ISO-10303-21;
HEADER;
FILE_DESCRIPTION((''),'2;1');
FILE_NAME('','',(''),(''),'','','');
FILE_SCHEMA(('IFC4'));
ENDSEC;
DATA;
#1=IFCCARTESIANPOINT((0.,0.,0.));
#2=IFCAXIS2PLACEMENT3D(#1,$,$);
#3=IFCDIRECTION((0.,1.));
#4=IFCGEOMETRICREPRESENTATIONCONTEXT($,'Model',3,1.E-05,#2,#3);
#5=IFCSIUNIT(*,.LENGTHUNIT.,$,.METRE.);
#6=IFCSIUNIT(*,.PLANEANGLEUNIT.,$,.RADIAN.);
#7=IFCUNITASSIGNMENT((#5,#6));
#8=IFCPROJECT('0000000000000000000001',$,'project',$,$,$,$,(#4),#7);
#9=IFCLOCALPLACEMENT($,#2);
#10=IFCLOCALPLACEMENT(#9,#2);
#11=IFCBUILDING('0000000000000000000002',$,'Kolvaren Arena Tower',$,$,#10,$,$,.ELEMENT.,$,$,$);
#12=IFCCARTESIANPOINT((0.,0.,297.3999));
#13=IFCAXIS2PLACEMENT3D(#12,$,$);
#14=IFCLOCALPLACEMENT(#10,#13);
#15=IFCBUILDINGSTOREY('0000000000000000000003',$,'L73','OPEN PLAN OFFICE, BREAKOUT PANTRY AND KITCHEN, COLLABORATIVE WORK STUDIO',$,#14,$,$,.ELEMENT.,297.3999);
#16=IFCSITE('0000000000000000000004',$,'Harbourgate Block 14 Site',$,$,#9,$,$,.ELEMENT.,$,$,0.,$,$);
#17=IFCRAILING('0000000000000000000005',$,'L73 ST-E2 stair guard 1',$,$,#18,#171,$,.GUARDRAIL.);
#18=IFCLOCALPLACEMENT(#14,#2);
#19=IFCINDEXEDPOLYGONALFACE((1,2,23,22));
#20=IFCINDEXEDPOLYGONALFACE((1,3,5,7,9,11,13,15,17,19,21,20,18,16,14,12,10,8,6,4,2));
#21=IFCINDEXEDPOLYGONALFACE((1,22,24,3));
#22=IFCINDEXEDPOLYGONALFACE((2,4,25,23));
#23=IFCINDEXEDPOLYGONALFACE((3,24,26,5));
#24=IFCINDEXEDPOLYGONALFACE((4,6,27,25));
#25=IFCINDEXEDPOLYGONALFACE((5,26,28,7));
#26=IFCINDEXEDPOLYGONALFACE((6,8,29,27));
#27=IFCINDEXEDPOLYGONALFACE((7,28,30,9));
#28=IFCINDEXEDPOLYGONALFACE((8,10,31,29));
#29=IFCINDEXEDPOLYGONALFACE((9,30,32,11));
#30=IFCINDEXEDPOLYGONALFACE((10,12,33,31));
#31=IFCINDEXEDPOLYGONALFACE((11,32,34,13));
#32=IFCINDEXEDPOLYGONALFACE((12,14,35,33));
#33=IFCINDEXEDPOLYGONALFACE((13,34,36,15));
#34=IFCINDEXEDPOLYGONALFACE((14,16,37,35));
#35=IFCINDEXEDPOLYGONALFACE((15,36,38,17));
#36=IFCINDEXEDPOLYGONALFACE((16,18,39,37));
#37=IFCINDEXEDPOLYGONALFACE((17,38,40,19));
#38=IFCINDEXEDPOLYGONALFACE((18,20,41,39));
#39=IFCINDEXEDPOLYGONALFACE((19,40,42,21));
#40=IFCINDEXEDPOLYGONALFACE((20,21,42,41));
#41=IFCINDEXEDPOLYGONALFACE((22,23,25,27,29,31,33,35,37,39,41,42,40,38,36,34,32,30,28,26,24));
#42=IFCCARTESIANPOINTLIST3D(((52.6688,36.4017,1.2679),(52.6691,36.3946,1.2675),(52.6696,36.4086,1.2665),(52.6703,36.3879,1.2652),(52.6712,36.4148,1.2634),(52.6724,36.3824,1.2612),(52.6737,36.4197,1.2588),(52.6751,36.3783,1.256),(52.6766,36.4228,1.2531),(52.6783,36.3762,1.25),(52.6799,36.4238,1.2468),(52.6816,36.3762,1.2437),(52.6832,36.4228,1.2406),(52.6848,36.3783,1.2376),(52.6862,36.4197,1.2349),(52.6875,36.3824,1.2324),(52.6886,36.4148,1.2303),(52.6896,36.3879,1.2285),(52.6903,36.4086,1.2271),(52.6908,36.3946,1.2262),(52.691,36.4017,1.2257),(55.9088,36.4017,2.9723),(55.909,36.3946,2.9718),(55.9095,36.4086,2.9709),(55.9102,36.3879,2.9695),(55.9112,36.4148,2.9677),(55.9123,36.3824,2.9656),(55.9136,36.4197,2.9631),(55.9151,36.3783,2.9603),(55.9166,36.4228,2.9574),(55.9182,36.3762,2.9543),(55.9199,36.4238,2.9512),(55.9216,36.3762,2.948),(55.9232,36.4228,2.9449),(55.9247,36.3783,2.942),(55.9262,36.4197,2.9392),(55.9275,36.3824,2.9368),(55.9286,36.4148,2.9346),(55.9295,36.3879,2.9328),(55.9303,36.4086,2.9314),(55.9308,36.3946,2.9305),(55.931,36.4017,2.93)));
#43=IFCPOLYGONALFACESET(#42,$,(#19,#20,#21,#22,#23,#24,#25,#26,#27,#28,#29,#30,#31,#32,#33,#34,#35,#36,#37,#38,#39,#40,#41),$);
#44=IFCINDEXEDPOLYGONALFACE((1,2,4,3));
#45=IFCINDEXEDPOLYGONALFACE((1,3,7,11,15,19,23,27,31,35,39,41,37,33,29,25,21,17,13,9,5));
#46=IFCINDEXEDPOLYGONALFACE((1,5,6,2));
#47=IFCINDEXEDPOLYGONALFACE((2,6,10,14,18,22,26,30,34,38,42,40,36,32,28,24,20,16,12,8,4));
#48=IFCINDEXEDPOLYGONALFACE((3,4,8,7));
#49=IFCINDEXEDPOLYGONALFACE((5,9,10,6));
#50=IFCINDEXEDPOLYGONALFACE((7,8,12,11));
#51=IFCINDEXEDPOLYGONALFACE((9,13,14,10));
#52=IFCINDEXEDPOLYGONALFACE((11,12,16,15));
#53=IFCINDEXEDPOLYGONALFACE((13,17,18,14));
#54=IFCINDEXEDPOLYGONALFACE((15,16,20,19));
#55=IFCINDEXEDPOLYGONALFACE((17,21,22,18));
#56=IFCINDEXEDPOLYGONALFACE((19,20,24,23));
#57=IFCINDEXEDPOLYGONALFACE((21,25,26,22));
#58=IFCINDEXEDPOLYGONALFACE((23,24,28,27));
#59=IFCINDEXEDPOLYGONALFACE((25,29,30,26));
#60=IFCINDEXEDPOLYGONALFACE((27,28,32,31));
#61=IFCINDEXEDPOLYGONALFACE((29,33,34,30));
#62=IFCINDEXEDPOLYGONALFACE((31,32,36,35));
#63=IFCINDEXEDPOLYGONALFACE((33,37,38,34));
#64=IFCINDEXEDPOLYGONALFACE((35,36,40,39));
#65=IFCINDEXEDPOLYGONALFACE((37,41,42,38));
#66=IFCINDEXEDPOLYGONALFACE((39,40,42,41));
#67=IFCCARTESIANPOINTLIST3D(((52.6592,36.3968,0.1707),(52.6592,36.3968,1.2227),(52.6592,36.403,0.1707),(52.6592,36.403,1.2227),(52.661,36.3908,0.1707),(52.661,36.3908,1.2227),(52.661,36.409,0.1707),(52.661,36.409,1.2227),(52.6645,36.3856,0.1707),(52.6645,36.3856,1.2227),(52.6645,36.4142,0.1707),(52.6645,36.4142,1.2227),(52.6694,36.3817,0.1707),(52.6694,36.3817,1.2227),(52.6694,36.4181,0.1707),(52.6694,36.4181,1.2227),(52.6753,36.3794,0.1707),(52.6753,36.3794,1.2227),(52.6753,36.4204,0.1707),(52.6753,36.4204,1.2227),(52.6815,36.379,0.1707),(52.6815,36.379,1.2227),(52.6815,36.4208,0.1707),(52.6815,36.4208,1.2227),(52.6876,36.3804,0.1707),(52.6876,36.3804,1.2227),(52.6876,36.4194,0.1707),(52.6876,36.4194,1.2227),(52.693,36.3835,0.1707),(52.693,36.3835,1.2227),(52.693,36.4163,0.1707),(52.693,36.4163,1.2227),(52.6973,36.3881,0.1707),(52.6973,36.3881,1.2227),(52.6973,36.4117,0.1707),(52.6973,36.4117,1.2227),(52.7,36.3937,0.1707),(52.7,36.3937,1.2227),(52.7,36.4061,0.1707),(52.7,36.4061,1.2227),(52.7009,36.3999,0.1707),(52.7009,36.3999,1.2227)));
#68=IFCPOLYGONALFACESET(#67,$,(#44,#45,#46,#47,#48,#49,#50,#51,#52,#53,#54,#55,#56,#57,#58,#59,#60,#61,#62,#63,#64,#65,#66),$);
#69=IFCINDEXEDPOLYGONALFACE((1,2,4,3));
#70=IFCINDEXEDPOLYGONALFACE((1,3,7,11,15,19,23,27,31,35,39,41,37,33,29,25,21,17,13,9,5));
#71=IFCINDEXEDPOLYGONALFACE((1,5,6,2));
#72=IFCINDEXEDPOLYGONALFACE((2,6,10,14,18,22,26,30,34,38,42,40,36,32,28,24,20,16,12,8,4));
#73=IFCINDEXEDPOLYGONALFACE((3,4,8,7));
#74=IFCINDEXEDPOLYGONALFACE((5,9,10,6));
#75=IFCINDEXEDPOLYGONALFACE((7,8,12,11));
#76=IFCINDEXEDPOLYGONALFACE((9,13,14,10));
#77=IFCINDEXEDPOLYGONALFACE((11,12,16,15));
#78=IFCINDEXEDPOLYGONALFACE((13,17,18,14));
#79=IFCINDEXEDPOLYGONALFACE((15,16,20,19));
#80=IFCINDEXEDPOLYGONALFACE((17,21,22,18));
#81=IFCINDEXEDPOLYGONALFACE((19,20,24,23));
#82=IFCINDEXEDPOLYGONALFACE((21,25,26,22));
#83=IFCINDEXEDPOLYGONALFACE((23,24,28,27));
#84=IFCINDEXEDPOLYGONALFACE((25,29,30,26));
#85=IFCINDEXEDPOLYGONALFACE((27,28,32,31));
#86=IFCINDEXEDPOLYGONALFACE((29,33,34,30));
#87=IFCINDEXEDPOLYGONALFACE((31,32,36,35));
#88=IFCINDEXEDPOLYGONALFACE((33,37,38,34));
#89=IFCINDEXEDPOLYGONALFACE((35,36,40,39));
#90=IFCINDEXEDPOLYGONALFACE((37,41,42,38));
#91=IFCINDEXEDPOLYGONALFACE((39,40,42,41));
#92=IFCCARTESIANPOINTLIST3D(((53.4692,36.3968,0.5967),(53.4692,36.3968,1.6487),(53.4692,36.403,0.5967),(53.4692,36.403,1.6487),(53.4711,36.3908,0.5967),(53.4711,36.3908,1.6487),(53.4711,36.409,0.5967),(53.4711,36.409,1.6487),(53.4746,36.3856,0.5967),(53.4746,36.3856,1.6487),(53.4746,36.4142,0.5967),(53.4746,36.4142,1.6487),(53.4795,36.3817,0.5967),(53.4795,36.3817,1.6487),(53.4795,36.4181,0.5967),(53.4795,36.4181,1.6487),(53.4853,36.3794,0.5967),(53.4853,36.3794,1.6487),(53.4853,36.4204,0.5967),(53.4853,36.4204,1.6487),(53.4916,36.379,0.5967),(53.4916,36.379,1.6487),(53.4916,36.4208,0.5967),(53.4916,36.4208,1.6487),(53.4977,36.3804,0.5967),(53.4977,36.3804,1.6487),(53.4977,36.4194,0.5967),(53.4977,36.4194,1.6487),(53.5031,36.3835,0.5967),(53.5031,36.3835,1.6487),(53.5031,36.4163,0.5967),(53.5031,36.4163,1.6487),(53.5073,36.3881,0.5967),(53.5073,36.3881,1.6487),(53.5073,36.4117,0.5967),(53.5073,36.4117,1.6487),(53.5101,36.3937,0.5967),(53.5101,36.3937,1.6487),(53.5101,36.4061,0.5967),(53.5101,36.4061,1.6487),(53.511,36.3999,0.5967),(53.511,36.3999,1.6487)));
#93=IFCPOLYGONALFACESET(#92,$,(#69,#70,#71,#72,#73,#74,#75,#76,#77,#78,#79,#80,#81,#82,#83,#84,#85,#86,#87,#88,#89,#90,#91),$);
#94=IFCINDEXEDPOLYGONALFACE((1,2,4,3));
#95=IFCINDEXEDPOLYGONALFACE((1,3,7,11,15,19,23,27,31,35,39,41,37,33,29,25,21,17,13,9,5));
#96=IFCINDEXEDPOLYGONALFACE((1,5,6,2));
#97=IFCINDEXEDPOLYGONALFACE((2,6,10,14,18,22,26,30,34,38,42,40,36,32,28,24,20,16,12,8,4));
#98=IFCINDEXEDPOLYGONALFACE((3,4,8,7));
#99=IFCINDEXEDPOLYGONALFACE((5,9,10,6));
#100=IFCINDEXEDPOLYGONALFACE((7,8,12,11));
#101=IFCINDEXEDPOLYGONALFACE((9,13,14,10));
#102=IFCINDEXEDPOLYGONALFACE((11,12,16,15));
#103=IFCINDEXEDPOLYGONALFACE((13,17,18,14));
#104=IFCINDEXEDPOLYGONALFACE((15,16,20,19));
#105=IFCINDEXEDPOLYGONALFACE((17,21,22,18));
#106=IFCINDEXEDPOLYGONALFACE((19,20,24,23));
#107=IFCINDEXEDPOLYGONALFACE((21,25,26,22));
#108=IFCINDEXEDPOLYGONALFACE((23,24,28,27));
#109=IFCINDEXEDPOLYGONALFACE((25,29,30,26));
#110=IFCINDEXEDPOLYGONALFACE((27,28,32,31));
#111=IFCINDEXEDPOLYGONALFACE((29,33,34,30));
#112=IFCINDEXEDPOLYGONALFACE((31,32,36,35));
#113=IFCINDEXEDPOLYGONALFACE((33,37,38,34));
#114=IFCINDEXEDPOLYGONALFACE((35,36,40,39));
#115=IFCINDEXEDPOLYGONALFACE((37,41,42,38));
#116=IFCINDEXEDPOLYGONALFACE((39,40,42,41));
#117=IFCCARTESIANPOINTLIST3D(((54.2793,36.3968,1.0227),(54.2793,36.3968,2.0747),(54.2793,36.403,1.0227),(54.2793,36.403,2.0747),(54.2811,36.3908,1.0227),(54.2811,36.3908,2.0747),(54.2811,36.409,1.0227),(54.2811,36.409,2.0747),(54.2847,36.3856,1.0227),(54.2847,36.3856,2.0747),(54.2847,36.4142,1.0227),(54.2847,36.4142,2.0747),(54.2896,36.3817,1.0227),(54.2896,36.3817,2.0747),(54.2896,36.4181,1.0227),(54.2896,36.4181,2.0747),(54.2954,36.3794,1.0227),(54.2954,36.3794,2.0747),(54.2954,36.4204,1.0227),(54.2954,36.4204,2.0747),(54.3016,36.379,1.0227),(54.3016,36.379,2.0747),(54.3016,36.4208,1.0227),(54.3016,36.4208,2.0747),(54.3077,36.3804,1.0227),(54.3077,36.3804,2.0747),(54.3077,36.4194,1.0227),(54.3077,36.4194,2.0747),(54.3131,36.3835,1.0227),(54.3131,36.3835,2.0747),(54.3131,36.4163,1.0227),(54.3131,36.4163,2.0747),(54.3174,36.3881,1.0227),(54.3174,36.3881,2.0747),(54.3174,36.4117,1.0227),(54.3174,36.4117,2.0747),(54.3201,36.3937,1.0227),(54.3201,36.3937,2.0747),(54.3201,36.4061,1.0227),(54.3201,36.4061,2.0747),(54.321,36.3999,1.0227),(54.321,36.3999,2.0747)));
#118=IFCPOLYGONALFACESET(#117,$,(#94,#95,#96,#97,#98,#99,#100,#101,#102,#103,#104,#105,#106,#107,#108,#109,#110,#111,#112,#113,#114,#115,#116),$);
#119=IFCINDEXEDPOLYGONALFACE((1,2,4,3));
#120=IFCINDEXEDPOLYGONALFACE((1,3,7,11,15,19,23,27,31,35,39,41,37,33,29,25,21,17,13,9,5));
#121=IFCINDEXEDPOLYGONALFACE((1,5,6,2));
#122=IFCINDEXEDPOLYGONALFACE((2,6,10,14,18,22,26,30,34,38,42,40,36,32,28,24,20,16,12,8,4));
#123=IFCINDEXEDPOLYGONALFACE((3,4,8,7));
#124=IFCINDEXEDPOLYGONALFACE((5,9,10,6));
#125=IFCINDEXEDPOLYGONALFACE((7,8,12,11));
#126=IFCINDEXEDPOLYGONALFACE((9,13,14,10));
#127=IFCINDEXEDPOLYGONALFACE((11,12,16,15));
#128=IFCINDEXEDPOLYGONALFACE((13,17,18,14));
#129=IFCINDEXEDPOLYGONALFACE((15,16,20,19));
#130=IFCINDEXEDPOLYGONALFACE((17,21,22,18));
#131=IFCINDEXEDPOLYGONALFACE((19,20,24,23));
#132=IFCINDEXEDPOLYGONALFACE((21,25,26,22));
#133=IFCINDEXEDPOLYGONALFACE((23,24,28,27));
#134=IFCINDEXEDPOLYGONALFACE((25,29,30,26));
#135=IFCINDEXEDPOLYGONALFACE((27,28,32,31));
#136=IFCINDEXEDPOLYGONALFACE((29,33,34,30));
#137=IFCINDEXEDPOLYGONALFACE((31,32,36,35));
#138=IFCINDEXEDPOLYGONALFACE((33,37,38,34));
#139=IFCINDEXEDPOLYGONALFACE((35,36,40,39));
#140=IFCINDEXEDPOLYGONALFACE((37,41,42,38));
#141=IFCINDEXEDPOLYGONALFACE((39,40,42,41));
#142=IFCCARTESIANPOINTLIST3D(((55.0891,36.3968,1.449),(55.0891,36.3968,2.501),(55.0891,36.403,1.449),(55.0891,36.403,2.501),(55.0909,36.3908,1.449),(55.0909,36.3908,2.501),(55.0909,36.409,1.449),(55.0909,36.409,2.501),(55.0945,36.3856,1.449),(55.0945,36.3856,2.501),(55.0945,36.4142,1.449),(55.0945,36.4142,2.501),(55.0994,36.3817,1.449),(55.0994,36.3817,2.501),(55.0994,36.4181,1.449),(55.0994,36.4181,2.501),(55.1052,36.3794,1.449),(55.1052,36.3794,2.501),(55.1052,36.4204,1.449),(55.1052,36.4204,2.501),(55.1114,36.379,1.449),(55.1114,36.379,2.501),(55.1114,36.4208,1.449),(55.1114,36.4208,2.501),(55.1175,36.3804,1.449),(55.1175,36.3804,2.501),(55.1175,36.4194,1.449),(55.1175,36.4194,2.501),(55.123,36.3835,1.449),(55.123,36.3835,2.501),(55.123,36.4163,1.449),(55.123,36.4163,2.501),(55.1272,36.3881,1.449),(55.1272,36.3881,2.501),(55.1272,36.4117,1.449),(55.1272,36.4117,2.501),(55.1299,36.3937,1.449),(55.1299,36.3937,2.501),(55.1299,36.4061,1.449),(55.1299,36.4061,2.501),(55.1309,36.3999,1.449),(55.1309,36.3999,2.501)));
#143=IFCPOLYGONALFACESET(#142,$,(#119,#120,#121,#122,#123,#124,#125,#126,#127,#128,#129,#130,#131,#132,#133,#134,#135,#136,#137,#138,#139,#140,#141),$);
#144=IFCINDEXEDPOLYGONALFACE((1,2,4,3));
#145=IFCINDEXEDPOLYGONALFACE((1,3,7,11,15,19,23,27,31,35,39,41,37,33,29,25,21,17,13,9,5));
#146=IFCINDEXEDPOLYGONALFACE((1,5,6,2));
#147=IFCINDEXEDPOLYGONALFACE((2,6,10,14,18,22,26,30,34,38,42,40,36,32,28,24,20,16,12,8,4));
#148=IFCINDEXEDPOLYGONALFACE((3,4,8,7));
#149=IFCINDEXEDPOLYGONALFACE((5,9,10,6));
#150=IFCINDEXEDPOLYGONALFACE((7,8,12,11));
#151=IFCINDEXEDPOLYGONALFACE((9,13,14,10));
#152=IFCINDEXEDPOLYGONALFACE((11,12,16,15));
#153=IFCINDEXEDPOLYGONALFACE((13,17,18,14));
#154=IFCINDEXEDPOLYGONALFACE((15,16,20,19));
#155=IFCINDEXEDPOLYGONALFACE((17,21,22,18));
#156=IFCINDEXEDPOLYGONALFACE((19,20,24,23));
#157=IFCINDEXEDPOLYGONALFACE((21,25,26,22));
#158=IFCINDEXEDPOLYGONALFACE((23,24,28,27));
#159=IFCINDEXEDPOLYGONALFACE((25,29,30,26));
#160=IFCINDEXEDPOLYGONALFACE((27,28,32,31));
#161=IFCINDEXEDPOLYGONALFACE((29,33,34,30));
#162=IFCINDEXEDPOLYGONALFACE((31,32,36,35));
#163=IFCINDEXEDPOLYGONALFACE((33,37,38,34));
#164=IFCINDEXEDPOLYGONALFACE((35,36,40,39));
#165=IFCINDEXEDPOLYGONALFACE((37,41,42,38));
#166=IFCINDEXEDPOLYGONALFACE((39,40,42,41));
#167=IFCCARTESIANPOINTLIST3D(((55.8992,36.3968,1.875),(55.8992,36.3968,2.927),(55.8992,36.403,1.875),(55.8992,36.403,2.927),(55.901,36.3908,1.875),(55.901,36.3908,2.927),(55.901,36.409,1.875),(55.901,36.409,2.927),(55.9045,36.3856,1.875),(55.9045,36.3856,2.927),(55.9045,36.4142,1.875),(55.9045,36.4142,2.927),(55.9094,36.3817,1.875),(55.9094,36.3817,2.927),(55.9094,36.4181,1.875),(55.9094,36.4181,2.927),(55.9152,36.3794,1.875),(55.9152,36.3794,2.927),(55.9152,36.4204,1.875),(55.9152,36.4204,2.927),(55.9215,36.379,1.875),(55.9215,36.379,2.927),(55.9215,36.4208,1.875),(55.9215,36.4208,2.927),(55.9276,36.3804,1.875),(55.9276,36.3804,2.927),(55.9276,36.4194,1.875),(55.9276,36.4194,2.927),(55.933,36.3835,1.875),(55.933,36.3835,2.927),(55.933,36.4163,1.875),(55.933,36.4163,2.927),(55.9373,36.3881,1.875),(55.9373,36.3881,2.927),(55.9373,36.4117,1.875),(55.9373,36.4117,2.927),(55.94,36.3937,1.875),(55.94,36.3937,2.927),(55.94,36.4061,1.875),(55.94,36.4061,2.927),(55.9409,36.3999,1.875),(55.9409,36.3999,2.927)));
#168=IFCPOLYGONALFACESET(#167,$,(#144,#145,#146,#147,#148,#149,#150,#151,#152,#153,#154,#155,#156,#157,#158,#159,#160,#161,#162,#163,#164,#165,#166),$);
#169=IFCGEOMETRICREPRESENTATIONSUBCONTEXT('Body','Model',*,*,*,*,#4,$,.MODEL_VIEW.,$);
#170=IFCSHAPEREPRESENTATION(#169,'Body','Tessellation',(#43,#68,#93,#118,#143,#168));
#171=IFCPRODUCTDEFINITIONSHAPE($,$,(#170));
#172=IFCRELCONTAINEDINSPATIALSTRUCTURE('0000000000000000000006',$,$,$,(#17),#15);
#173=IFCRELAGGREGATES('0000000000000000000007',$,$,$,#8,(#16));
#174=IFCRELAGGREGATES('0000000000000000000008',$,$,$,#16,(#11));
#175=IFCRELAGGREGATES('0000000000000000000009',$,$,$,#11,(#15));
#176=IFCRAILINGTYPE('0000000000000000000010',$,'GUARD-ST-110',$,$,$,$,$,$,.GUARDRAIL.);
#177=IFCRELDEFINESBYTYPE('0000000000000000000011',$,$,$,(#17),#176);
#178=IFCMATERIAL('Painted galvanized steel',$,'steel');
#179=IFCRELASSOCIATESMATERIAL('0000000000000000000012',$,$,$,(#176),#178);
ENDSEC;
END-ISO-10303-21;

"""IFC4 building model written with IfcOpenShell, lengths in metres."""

from ifc_helpers import new_model, si_unit, direction, frame, origin, origin_2d, place, context, subcontext, project, spatial, circle, extrude, material, type_object, element, save


model = new_model("IFC4")

# Units and contexts
model_context = context("Model", 3, precision=1e-05, world=origin(), true_north=direction((0.0, 1.0)))
body_context = subcontext(model_context, "Body", "Model", "MODEL_VIEW")
ifc_project = project(units=[si_unit("LENGTHUNIT", "METRE"), si_unit("PLANEANGLEUNIT", "RADIAN")], contexts=[model_context])

# Site, building, storey
site_placement = place(None, origin())
site = spatial("IfcSite", under=ifc_project, at=site_placement, Name="Harbourgate Block 14 Site", CompositionType="ELEMENT", RefElevation=0.0)
building_placement = place(site_placement, origin())
building = spatial("IfcBuilding", under=site, at=building_placement, Name="Kolvaren Arena Tower", CompositionType="ELEMENT")
storey_placement = place(building_placement, frame((0.0, 0.0, 297.3999)))
storey = spatial("IfcBuildingStorey", under=building, at=storey_placement, Name="L73", Description="OPEN PLAN OFFICE, BREAKOUT PANTRY AND KITCHEN, COLLABORATIVE WORK STUDIO", CompositionType="ELEMENT", Elevation=297.3999)

# Railing
ifc_material_1 = material(Name="Painted galvanized steel", Category="steel")
railing_type_1 = type_object("IfcRailingType", Name="GUARD-ST-110", PredefinedType="GUARDRAIL", material=ifc_material_1)
railing_1_placement = place(storey_placement, frame((52.6799, 36.3999, 0.1707)))
element("IfcRailing", 1, at=railing_1_placement, inside=storey, type_object=railing_type_1, Name="L73 ST-E2 stair guard 1", PredefinedType="GUARDRAIL", context=body_context, shape_type="SweptSolid", body=[
    extrude(circle(Radius=0.0239, at=origin_2d()), frame((0.0, 0.0, 1.0762), z_axis=(0.885021, 0.0, 0.465551), x_axis=(0.0, 1.0, 0.0)), (0.0, 0.0, 1.0), 3.6609),
    extrude(circle(Radius=0.021, at=origin_2d()), origin(), (0.0, 0.0, 1.0), 1.052),
    extrude(circle(Radius=0.021, at=origin_2d()), frame((0.8101, 0.0, 0.426)), (0.0, 0.0, 1.0), 1.052),
    extrude(circle(Radius=0.021, at=origin_2d()), frame((1.6201, 0.0, 0.8521)), (0.0, 0.0, 1.0), 1.052),
    extrude(circle(Radius=0.021, at=origin_2d()), frame((2.4299, 0.0, 1.2783)), (0.0, 0.0, 1.0), 1.052),
    extrude(circle(Radius=0.021, at=origin_2d()), frame((3.24, 0.0, 1.7043)), (0.0, 0.0, 1.0), 1.052),
])

save(model, "model.ifc")
